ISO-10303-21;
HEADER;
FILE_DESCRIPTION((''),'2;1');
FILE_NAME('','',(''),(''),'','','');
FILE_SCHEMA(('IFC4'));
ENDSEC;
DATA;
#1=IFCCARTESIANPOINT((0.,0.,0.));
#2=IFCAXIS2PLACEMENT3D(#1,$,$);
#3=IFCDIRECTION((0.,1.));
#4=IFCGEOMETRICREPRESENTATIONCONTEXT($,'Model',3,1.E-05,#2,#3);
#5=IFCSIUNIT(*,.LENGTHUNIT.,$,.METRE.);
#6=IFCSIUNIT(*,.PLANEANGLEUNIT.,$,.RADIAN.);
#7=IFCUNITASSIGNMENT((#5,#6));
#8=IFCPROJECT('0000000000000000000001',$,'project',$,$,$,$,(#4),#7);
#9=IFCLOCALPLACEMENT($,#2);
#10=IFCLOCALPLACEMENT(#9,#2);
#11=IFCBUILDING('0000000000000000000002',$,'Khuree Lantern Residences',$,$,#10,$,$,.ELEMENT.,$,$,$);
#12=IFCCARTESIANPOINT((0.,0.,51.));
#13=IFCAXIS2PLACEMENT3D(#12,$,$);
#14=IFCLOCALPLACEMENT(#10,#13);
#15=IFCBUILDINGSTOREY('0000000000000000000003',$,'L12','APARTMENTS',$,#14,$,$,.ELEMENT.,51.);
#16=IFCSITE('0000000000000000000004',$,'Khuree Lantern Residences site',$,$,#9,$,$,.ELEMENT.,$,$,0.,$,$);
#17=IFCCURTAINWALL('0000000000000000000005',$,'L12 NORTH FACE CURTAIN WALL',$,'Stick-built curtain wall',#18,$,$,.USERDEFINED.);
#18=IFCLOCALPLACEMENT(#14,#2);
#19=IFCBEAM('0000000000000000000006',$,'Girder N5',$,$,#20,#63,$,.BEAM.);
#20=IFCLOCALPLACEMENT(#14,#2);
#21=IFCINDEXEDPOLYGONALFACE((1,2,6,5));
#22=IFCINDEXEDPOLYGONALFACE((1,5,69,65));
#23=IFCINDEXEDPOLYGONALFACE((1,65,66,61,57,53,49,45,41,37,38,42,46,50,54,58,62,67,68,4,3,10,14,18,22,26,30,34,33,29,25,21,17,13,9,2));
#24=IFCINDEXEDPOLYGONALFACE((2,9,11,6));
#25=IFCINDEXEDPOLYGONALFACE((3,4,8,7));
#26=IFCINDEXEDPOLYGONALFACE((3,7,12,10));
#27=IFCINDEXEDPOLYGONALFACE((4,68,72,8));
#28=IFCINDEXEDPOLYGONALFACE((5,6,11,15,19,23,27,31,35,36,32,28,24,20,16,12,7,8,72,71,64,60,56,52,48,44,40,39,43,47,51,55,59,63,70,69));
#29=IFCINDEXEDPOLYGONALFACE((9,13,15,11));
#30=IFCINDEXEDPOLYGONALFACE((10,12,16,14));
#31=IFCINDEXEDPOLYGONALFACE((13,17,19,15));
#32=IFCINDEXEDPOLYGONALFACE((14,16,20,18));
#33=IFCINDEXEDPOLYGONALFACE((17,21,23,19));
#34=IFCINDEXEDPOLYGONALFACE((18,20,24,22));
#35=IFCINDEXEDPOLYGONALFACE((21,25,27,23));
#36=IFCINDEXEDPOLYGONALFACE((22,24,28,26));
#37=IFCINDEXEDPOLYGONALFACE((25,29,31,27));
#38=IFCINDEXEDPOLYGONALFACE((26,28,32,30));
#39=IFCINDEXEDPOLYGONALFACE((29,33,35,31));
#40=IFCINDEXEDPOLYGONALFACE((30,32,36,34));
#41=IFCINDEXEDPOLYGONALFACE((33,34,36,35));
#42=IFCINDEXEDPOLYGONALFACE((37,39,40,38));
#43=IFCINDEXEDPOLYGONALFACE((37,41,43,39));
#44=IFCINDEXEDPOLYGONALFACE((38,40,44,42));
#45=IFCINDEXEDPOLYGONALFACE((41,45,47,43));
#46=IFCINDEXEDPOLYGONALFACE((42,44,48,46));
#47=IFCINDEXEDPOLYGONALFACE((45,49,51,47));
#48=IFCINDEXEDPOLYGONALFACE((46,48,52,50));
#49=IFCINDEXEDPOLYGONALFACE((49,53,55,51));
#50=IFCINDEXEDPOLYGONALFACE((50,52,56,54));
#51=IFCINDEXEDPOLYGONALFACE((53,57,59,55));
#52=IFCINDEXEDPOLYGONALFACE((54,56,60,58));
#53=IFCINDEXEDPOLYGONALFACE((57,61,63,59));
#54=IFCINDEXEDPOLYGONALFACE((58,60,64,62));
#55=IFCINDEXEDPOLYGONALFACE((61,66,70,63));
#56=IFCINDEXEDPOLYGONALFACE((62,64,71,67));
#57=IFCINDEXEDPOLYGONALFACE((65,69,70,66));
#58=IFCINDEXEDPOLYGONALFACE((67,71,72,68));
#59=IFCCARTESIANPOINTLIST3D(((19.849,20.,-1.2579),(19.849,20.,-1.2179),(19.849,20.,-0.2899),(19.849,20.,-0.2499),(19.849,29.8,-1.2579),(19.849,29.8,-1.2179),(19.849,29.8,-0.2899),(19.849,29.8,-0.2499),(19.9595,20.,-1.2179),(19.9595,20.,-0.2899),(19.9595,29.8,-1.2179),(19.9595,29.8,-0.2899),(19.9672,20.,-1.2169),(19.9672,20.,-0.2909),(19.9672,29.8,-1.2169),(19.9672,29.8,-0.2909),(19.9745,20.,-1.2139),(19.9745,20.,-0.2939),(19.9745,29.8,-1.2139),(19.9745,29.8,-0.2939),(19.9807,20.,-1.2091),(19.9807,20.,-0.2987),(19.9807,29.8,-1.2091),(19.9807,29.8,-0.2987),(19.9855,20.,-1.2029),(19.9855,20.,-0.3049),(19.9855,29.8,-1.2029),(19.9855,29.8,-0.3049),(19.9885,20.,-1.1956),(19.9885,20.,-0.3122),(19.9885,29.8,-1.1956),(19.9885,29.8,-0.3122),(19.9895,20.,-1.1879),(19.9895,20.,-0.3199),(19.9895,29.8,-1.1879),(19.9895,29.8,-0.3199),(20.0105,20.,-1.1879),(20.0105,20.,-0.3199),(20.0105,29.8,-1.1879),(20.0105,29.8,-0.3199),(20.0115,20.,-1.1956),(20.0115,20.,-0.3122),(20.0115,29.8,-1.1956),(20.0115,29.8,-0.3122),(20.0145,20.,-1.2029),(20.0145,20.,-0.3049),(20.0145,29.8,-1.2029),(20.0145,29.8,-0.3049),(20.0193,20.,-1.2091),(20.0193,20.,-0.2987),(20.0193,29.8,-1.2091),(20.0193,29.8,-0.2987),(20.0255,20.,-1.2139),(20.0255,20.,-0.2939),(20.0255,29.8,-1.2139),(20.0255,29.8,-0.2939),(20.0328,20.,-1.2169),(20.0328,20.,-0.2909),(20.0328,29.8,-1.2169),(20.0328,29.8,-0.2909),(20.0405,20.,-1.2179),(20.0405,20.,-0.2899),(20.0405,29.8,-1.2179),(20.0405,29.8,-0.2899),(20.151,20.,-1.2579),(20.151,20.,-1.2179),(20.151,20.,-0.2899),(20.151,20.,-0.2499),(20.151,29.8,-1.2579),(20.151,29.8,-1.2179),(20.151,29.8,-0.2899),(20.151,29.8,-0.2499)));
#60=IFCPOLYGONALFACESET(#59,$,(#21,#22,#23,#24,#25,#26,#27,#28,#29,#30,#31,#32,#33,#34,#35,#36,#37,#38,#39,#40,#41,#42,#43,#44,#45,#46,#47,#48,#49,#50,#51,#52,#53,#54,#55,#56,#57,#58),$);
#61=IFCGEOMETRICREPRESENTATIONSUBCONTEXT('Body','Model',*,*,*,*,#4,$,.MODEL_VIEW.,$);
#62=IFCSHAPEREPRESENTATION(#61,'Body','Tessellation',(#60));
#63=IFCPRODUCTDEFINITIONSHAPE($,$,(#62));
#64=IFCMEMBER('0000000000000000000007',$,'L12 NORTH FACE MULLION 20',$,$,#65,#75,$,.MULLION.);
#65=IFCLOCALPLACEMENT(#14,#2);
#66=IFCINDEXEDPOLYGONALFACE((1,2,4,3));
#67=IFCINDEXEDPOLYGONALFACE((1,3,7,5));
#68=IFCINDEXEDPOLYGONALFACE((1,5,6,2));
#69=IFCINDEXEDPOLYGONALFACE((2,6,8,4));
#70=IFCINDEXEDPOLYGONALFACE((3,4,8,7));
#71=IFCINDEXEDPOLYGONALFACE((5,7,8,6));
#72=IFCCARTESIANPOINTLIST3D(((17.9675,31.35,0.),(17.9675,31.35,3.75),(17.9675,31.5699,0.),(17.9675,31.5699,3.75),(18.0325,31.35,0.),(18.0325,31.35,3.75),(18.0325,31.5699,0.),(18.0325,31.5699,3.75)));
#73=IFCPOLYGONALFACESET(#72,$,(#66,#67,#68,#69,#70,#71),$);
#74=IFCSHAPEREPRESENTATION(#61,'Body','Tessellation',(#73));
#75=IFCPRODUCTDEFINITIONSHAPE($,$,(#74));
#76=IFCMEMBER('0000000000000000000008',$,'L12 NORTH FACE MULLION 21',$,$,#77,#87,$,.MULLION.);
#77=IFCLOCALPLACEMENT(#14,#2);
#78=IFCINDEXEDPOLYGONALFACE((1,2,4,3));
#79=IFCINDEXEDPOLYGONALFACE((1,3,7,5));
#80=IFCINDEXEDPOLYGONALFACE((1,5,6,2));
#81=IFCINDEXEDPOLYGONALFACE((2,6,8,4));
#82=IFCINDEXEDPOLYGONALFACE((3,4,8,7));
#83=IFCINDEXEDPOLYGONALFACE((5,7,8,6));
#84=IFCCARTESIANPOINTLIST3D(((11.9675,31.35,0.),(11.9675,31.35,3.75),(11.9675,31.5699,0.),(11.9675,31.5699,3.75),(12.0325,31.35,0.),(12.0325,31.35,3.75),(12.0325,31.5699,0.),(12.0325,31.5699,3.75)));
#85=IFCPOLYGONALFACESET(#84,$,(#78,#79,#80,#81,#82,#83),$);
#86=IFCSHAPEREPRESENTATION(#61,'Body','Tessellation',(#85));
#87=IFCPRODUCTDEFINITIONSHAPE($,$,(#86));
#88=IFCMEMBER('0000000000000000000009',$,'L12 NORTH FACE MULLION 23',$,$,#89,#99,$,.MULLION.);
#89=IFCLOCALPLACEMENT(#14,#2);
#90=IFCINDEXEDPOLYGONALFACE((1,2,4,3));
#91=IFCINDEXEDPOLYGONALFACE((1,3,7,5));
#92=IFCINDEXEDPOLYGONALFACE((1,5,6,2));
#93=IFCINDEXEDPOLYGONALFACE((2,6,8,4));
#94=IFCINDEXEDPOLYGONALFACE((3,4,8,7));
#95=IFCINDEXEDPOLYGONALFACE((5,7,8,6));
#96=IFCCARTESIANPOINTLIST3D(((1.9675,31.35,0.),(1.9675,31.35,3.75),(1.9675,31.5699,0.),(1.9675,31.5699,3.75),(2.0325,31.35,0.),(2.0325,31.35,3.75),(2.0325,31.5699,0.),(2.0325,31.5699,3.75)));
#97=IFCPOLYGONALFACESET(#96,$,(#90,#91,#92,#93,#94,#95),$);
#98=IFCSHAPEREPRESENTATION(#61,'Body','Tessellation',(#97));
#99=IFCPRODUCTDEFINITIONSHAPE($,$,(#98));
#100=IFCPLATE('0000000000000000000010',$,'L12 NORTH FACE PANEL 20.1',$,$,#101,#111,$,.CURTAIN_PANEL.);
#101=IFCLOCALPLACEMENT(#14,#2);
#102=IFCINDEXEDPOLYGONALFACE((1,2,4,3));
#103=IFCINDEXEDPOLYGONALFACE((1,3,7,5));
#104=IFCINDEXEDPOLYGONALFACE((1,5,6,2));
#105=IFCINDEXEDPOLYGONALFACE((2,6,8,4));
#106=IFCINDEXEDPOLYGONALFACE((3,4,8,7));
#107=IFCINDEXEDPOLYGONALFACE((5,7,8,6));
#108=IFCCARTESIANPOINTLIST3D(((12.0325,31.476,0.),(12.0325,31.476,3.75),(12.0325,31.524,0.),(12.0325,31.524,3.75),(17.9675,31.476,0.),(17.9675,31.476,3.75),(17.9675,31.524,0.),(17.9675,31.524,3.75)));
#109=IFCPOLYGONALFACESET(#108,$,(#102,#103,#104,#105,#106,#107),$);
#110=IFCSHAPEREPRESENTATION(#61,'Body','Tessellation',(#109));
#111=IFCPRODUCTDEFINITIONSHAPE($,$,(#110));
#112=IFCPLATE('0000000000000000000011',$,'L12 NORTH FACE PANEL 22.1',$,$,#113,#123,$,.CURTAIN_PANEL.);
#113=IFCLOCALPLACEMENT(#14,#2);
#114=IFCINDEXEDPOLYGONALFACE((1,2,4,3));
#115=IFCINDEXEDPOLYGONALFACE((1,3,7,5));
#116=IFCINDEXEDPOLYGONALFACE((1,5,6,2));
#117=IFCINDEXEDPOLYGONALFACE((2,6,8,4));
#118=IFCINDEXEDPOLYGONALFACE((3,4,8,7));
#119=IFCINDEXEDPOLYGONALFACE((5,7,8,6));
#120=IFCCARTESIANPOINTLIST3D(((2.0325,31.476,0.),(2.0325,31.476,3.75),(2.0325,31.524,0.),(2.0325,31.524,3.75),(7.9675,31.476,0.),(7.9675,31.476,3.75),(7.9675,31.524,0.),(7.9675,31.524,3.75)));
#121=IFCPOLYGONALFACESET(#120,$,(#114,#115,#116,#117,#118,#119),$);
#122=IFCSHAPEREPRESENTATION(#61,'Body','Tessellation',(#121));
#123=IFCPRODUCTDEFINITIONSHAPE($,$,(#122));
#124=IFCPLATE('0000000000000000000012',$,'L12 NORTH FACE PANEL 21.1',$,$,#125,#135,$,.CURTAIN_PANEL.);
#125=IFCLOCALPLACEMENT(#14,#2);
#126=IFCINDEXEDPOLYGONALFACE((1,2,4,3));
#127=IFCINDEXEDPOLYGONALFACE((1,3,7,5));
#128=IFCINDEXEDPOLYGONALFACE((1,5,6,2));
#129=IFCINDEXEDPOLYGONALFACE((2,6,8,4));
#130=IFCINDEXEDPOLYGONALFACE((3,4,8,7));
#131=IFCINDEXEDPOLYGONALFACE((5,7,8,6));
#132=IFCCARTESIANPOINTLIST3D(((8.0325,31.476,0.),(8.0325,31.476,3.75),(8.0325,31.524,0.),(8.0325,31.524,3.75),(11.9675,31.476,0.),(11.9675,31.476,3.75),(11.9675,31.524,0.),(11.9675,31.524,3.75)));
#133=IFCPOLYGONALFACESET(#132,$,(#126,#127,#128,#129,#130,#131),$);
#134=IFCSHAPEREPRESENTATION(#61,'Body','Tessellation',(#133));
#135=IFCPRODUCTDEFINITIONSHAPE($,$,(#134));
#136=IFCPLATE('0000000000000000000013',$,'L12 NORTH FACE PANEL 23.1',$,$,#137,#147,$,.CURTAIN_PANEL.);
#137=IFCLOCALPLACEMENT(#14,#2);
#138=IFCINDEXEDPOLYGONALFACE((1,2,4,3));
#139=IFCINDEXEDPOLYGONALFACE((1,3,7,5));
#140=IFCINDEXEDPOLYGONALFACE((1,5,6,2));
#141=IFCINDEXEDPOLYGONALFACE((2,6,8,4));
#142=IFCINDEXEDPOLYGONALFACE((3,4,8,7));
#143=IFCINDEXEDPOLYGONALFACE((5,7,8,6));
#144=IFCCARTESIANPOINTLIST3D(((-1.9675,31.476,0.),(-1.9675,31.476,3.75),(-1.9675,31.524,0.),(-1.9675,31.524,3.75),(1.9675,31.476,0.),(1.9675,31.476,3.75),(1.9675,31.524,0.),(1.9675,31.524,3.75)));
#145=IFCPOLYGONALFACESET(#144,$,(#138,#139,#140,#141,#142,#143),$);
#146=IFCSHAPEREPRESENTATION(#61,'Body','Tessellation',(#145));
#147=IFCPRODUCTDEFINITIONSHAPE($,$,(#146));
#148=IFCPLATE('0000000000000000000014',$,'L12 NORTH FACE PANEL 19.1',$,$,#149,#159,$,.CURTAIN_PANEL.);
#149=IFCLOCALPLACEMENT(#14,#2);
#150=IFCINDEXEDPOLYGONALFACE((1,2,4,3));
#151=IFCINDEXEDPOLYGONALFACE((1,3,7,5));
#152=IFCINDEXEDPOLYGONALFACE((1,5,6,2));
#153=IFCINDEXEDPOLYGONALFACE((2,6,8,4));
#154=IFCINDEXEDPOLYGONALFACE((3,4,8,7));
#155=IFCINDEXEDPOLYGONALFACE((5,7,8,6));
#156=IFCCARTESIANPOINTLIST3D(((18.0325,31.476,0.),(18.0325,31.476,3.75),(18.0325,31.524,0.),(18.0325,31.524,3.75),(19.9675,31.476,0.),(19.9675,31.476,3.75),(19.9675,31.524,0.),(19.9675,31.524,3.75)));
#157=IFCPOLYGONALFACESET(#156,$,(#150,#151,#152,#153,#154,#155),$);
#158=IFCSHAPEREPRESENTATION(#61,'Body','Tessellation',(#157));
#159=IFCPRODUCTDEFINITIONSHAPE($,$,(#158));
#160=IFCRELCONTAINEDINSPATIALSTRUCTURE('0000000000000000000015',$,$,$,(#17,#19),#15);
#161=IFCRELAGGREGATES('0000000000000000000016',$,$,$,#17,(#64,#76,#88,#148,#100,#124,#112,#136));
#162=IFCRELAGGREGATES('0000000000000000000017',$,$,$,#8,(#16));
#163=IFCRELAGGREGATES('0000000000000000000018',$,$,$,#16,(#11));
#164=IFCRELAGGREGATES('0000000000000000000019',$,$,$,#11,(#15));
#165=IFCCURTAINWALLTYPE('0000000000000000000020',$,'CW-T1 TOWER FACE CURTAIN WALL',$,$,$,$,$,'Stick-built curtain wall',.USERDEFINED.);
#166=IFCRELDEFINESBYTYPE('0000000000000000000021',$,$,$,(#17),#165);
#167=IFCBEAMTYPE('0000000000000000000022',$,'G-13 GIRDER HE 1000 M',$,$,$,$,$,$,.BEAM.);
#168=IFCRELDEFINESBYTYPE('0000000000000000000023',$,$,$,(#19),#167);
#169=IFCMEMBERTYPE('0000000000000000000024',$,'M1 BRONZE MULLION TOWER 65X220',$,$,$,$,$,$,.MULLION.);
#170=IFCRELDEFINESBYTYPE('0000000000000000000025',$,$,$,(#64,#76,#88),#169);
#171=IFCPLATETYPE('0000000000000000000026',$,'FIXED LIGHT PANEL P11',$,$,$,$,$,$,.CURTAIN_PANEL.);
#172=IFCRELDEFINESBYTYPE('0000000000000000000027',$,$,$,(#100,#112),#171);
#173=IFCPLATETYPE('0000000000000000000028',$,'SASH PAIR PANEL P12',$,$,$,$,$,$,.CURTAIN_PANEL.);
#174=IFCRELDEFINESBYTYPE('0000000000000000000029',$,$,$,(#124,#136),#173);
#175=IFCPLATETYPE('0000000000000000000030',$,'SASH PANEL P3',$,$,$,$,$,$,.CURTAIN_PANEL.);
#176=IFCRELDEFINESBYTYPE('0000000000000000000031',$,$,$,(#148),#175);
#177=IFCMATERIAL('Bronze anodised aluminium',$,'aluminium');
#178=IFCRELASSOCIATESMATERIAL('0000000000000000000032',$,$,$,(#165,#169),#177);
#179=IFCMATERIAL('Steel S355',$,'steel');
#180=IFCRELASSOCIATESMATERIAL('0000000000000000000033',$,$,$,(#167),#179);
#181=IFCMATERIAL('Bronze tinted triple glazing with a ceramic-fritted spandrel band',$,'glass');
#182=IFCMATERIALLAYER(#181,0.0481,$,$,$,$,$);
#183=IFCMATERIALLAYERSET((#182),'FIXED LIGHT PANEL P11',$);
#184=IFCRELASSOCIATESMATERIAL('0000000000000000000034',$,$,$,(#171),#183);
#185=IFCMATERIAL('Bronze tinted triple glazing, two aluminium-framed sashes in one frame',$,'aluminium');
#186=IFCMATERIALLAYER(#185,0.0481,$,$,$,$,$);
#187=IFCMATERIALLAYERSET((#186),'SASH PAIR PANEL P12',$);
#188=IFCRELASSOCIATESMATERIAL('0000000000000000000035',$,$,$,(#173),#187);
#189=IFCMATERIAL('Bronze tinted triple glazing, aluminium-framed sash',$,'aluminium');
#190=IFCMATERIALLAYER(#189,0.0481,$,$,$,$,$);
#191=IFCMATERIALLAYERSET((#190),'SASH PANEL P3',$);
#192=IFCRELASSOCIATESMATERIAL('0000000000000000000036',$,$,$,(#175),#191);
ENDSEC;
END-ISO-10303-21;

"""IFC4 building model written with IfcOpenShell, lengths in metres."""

from ifc_helpers import new_model, si_unit, direction, frame, origin, origin_2d, place, context, subcontext, project, spatial, rectangle, i_section, extrude, material, layer, layer_set, material_profile, profile_set, type_object, element, aggregate, save


model = new_model("IFC4")

# Units and contexts
model_context = context("Model", 3, precision=1e-05, world=origin(), true_north=direction((0.0, 1.0)))
body_context = subcontext(model_context, "Body", "Model", "MODEL_VIEW")
ifc_project = project(units=[si_unit("LENGTHUNIT", "METRE"), si_unit("PLANEANGLEUNIT", "RADIAN")], contexts=[model_context])

# Site, building, storey
site_placement = place(None, origin())
site = spatial("IfcSite", under=ifc_project, at=site_placement, Name="Khuree Lantern Residences site", CompositionType="ELEMENT", RefElevation=0.0)
building_placement = place(site_placement, origin())
building = spatial("IfcBuilding", under=site, at=building_placement, Name="Khuree Lantern Residences", CompositionType="ELEMENT")
storey_placement = place(building_placement, frame((0.0, 0.0, 51.0)))
storey = spatial("IfcBuildingStorey", under=building, at=storey_placement, Name="L12", Description="APARTMENTS", CompositionType="ELEMENT", Elevation=51.0)

# Shared definitions
ifc_material_1 = material(Name="Steel S355", Category="steel")

# Curtain wall
ifc_material_2 = material(Name="Bronze anodised aluminium", Category="aluminium")
curtain_wall_type = type_object("IfcCurtainWallType", Name="CW-T1 TOWER FACE CURTAIN WALL", ElementType="Stick-built curtain wall", PredefinedType="USERDEFINED", material=ifc_material_2)
curtain_wall_placement = place(storey_placement, origin())
curtain_wall = element("IfcCurtainWall", 1, at=curtain_wall_placement, inside=storey, type_object=curtain_wall_type, Name="L12 NORTH FACE CURTAIN WALL", ObjectType="Stick-built curtain wall", PredefinedType="USERDEFINED")

# Beam
ifc_material_profile_1 = material_profile(ifc_material_1, i_section(OverallWidth=0.302, OverallDepth=1.0081, WebThickness=0.021, FlangeThickness=0.04, FilletRadius=0.03, at=origin_2d()), Name="HE 1000 M")
ifc_profile_set_1 = profile_set([ifc_material_profile_1], Name="Steel S355")
beam_type_1 = type_object("IfcBeamType", Name="G-13 GIRDER HE 1000 M", PredefinedType="BEAM", material=ifc_profile_set_1)
beam_placement = place(storey_placement, frame((20.0, 29.8, -0.7539), z_axis=(0.0, -1.0, 0.0), x_axis=(1.0, 0.0, 0.0)))
element("IfcBeam", 2, at=beam_placement, inside=storey, type_object=beam_type_1, Name="Girder N5", PredefinedType="BEAM", context=body_context, shape_type="SweptSolid", body=[
    extrude(i_section(OverallWidth=0.302, OverallDepth=1.0081, WebThickness=0.021, FlangeThickness=0.04, FilletRadius=0.03, at=origin_2d()), origin(), (0.0, 0.0, 1.0), 9.8),
])

# Members
ifc_material_profile_2 = material_profile(ifc_material_2, rectangle(XDim=0.0649, YDim=0.22, at=origin_2d()), Name="M1 65X220")
ifc_profile_set_2 = profile_set([ifc_material_profile_2], Name="Bronze anodised aluminium")
member_type_1 = type_object("IfcMemberType", Name="M1 BRONZE MULLION TOWER 65X220", PredefinedType="MULLION", material=ifc_profile_set_2)
member_1_placement = place(storey_placement, frame((18.0, 31.46, 0.0), z_axis=(0.0, 0.0, 1.0), x_axis=(-1.0, 0.0, 0.0)))
member_1 = element("IfcMember", 3, at=member_1_placement, type_object=member_type_1, Name="L12 NORTH FACE MULLION 20", PredefinedType="MULLION", context=body_context, shape_type="SweptSolid", body=[
    extrude(rectangle(XDim=0.0649, YDim=0.22, at=origin_2d()), origin(), (0.0, 0.0, 1.0), 3.75),
])
member_2_placement = place(storey_placement, frame((12.0, 31.46, 0.0), z_axis=(0.0, 0.0, 1.0), x_axis=(-1.0, 0.0, 0.0)))
member_2 = element("IfcMember", 4, at=member_2_placement, type_object=member_type_1, Name="L12 NORTH FACE MULLION 21", PredefinedType="MULLION", context=body_context, shape_type="SweptSolid", body=[
    extrude(rectangle(XDim=0.0649, YDim=0.22, at=origin_2d()), origin(), (0.0, 0.0, 1.0), 3.75),
])
member_3_placement = place(storey_placement, frame((2.0, 31.46, 0.0), z_axis=(0.0, 0.0, 1.0), x_axis=(-1.0, 0.0, 0.0)))
member_3 = element("IfcMember", 5, at=member_3_placement, type_object=member_type_1, Name="L12 NORTH FACE MULLION 23", PredefinedType="MULLION", context=body_context, shape_type="SweptSolid", body=[
    extrude(rectangle(XDim=0.0649, YDim=0.22, at=origin_2d()), origin(), (0.0, 0.0, 1.0), 3.75),
])

# Plates
ifc_material_3 = material(Name="Bronze tinted triple glazing with a ceramic-fritted spandrel band", Category="glass")
ifc_layer_1 = layer(ifc_material_3, 0.0481)
ifc_layer_set_1 = layer_set([ifc_layer_1], Name="FIXED LIGHT PANEL P11")
plate_type_1 = type_object("IfcPlateType", Name="FIXED LIGHT PANEL P11", PredefinedType="CURTAIN_PANEL", material=ifc_layer_set_1)
plate_1_placement = place(storey_placement, frame((15.0, 31.5, 0.0), z_axis=(0.0, 0.0, 1.0), x_axis=(-1.0, 0.0, 0.0)))
plate_1 = element("IfcPlate", 6, at=plate_1_placement, type_object=plate_type_1, Name="L12 NORTH FACE PANEL 20.1", PredefinedType="CURTAIN_PANEL", context=body_context, shape_type="SweptSolid", body=[
    extrude(rectangle(XDim=5.9351, YDim=0.0481, at=origin_2d()), origin(), (0.0, 0.0, 1.0), 3.75),
])
plate_2_placement = place(storey_placement, frame((5.0, 31.5, 0.0), z_axis=(0.0, 0.0, 1.0), x_axis=(-1.0, 0.0, 0.0)))
plate_2 = element("IfcPlate", 7, at=plate_2_placement, type_object=plate_type_1, Name="L12 NORTH FACE PANEL 22.1", PredefinedType="CURTAIN_PANEL", context=body_context, shape_type="SweptSolid", body=[
    extrude(rectangle(XDim=5.9351, YDim=0.0481, at=origin_2d()), origin(), (0.0, 0.0, 1.0), 3.75),
])
ifc_material_4 = material(Name="Bronze tinted triple glazing, two aluminium-framed sashes in one frame", Category="aluminium")
ifc_layer_2 = layer(ifc_material_4, 0.0481)
ifc_layer_set_2 = layer_set([ifc_layer_2], Name="SASH PAIR PANEL P12")
plate_type_2 = type_object("IfcPlateType", Name="SASH PAIR PANEL P12", PredefinedType="CURTAIN_PANEL", material=ifc_layer_set_2)
plate_3_placement = place(storey_placement, frame((10.0, 31.5, 0.0), z_axis=(0.0, 0.0, 1.0), x_axis=(-1.0, 0.0, 0.0)))
plate_3 = element("IfcPlate", 8, at=plate_3_placement, type_object=plate_type_2, Name="L12 NORTH FACE PANEL 21.1", PredefinedType="CURTAIN_PANEL", context=body_context, shape_type="SweptSolid", body=[
    extrude(rectangle(XDim=3.9351, YDim=0.0481, at=origin_2d()), origin(), (0.0, 0.0, 1.0), 3.75),
])
plate_4_placement = place(storey_placement, frame((0.0, 31.5, 0.0), z_axis=(0.0, 0.0, 1.0), x_axis=(-1.0, 0.0, 0.0)))
plate_4 = element("IfcPlate", 9, at=plate_4_placement, type_object=plate_type_2, Name="L12 NORTH FACE PANEL 23.1", PredefinedType="CURTAIN_PANEL", context=body_context, shape_type="SweptSolid", body=[
    extrude(rectangle(XDim=3.9351, YDim=0.0481, at=origin_2d()), origin(), (0.0, 0.0, 1.0), 3.75),
])
ifc_material_5 = material(Name="Bronze tinted triple glazing, aluminium-framed sash", Category="aluminium")
ifc_layer_3 = layer(ifc_material_5, 0.0481)
ifc_layer_set_3 = layer_set([ifc_layer_3], Name="SASH PANEL P3")
plate_type_3 = type_object("IfcPlateType", Name="SASH PANEL P3", PredefinedType="CURTAIN_PANEL", material=ifc_layer_set_3)
plate_5_placement = place(storey_placement, frame((19.0, 31.5, 0.0), z_axis=(0.0, 0.0, 1.0), x_axis=(-1.0, 0.0, 0.0)))
plate_5 = element("IfcPlate", 10, at=plate_5_placement, type_object=plate_type_3, Name="L12 NORTH FACE PANEL 19.1", PredefinedType="CURTAIN_PANEL", context=body_context, shape_type="SweptSolid", body=[
    extrude(rectangle(XDim=1.9351, YDim=0.0481, at=origin_2d()), origin(), (0.0, 0.0, 1.0), 3.75),
])
aggregate(curtain_wall, [member_1, member_2, member_3, plate_5, plate_1, plate_3, plate_2, plate_4])

save(model, "model.ifc")
